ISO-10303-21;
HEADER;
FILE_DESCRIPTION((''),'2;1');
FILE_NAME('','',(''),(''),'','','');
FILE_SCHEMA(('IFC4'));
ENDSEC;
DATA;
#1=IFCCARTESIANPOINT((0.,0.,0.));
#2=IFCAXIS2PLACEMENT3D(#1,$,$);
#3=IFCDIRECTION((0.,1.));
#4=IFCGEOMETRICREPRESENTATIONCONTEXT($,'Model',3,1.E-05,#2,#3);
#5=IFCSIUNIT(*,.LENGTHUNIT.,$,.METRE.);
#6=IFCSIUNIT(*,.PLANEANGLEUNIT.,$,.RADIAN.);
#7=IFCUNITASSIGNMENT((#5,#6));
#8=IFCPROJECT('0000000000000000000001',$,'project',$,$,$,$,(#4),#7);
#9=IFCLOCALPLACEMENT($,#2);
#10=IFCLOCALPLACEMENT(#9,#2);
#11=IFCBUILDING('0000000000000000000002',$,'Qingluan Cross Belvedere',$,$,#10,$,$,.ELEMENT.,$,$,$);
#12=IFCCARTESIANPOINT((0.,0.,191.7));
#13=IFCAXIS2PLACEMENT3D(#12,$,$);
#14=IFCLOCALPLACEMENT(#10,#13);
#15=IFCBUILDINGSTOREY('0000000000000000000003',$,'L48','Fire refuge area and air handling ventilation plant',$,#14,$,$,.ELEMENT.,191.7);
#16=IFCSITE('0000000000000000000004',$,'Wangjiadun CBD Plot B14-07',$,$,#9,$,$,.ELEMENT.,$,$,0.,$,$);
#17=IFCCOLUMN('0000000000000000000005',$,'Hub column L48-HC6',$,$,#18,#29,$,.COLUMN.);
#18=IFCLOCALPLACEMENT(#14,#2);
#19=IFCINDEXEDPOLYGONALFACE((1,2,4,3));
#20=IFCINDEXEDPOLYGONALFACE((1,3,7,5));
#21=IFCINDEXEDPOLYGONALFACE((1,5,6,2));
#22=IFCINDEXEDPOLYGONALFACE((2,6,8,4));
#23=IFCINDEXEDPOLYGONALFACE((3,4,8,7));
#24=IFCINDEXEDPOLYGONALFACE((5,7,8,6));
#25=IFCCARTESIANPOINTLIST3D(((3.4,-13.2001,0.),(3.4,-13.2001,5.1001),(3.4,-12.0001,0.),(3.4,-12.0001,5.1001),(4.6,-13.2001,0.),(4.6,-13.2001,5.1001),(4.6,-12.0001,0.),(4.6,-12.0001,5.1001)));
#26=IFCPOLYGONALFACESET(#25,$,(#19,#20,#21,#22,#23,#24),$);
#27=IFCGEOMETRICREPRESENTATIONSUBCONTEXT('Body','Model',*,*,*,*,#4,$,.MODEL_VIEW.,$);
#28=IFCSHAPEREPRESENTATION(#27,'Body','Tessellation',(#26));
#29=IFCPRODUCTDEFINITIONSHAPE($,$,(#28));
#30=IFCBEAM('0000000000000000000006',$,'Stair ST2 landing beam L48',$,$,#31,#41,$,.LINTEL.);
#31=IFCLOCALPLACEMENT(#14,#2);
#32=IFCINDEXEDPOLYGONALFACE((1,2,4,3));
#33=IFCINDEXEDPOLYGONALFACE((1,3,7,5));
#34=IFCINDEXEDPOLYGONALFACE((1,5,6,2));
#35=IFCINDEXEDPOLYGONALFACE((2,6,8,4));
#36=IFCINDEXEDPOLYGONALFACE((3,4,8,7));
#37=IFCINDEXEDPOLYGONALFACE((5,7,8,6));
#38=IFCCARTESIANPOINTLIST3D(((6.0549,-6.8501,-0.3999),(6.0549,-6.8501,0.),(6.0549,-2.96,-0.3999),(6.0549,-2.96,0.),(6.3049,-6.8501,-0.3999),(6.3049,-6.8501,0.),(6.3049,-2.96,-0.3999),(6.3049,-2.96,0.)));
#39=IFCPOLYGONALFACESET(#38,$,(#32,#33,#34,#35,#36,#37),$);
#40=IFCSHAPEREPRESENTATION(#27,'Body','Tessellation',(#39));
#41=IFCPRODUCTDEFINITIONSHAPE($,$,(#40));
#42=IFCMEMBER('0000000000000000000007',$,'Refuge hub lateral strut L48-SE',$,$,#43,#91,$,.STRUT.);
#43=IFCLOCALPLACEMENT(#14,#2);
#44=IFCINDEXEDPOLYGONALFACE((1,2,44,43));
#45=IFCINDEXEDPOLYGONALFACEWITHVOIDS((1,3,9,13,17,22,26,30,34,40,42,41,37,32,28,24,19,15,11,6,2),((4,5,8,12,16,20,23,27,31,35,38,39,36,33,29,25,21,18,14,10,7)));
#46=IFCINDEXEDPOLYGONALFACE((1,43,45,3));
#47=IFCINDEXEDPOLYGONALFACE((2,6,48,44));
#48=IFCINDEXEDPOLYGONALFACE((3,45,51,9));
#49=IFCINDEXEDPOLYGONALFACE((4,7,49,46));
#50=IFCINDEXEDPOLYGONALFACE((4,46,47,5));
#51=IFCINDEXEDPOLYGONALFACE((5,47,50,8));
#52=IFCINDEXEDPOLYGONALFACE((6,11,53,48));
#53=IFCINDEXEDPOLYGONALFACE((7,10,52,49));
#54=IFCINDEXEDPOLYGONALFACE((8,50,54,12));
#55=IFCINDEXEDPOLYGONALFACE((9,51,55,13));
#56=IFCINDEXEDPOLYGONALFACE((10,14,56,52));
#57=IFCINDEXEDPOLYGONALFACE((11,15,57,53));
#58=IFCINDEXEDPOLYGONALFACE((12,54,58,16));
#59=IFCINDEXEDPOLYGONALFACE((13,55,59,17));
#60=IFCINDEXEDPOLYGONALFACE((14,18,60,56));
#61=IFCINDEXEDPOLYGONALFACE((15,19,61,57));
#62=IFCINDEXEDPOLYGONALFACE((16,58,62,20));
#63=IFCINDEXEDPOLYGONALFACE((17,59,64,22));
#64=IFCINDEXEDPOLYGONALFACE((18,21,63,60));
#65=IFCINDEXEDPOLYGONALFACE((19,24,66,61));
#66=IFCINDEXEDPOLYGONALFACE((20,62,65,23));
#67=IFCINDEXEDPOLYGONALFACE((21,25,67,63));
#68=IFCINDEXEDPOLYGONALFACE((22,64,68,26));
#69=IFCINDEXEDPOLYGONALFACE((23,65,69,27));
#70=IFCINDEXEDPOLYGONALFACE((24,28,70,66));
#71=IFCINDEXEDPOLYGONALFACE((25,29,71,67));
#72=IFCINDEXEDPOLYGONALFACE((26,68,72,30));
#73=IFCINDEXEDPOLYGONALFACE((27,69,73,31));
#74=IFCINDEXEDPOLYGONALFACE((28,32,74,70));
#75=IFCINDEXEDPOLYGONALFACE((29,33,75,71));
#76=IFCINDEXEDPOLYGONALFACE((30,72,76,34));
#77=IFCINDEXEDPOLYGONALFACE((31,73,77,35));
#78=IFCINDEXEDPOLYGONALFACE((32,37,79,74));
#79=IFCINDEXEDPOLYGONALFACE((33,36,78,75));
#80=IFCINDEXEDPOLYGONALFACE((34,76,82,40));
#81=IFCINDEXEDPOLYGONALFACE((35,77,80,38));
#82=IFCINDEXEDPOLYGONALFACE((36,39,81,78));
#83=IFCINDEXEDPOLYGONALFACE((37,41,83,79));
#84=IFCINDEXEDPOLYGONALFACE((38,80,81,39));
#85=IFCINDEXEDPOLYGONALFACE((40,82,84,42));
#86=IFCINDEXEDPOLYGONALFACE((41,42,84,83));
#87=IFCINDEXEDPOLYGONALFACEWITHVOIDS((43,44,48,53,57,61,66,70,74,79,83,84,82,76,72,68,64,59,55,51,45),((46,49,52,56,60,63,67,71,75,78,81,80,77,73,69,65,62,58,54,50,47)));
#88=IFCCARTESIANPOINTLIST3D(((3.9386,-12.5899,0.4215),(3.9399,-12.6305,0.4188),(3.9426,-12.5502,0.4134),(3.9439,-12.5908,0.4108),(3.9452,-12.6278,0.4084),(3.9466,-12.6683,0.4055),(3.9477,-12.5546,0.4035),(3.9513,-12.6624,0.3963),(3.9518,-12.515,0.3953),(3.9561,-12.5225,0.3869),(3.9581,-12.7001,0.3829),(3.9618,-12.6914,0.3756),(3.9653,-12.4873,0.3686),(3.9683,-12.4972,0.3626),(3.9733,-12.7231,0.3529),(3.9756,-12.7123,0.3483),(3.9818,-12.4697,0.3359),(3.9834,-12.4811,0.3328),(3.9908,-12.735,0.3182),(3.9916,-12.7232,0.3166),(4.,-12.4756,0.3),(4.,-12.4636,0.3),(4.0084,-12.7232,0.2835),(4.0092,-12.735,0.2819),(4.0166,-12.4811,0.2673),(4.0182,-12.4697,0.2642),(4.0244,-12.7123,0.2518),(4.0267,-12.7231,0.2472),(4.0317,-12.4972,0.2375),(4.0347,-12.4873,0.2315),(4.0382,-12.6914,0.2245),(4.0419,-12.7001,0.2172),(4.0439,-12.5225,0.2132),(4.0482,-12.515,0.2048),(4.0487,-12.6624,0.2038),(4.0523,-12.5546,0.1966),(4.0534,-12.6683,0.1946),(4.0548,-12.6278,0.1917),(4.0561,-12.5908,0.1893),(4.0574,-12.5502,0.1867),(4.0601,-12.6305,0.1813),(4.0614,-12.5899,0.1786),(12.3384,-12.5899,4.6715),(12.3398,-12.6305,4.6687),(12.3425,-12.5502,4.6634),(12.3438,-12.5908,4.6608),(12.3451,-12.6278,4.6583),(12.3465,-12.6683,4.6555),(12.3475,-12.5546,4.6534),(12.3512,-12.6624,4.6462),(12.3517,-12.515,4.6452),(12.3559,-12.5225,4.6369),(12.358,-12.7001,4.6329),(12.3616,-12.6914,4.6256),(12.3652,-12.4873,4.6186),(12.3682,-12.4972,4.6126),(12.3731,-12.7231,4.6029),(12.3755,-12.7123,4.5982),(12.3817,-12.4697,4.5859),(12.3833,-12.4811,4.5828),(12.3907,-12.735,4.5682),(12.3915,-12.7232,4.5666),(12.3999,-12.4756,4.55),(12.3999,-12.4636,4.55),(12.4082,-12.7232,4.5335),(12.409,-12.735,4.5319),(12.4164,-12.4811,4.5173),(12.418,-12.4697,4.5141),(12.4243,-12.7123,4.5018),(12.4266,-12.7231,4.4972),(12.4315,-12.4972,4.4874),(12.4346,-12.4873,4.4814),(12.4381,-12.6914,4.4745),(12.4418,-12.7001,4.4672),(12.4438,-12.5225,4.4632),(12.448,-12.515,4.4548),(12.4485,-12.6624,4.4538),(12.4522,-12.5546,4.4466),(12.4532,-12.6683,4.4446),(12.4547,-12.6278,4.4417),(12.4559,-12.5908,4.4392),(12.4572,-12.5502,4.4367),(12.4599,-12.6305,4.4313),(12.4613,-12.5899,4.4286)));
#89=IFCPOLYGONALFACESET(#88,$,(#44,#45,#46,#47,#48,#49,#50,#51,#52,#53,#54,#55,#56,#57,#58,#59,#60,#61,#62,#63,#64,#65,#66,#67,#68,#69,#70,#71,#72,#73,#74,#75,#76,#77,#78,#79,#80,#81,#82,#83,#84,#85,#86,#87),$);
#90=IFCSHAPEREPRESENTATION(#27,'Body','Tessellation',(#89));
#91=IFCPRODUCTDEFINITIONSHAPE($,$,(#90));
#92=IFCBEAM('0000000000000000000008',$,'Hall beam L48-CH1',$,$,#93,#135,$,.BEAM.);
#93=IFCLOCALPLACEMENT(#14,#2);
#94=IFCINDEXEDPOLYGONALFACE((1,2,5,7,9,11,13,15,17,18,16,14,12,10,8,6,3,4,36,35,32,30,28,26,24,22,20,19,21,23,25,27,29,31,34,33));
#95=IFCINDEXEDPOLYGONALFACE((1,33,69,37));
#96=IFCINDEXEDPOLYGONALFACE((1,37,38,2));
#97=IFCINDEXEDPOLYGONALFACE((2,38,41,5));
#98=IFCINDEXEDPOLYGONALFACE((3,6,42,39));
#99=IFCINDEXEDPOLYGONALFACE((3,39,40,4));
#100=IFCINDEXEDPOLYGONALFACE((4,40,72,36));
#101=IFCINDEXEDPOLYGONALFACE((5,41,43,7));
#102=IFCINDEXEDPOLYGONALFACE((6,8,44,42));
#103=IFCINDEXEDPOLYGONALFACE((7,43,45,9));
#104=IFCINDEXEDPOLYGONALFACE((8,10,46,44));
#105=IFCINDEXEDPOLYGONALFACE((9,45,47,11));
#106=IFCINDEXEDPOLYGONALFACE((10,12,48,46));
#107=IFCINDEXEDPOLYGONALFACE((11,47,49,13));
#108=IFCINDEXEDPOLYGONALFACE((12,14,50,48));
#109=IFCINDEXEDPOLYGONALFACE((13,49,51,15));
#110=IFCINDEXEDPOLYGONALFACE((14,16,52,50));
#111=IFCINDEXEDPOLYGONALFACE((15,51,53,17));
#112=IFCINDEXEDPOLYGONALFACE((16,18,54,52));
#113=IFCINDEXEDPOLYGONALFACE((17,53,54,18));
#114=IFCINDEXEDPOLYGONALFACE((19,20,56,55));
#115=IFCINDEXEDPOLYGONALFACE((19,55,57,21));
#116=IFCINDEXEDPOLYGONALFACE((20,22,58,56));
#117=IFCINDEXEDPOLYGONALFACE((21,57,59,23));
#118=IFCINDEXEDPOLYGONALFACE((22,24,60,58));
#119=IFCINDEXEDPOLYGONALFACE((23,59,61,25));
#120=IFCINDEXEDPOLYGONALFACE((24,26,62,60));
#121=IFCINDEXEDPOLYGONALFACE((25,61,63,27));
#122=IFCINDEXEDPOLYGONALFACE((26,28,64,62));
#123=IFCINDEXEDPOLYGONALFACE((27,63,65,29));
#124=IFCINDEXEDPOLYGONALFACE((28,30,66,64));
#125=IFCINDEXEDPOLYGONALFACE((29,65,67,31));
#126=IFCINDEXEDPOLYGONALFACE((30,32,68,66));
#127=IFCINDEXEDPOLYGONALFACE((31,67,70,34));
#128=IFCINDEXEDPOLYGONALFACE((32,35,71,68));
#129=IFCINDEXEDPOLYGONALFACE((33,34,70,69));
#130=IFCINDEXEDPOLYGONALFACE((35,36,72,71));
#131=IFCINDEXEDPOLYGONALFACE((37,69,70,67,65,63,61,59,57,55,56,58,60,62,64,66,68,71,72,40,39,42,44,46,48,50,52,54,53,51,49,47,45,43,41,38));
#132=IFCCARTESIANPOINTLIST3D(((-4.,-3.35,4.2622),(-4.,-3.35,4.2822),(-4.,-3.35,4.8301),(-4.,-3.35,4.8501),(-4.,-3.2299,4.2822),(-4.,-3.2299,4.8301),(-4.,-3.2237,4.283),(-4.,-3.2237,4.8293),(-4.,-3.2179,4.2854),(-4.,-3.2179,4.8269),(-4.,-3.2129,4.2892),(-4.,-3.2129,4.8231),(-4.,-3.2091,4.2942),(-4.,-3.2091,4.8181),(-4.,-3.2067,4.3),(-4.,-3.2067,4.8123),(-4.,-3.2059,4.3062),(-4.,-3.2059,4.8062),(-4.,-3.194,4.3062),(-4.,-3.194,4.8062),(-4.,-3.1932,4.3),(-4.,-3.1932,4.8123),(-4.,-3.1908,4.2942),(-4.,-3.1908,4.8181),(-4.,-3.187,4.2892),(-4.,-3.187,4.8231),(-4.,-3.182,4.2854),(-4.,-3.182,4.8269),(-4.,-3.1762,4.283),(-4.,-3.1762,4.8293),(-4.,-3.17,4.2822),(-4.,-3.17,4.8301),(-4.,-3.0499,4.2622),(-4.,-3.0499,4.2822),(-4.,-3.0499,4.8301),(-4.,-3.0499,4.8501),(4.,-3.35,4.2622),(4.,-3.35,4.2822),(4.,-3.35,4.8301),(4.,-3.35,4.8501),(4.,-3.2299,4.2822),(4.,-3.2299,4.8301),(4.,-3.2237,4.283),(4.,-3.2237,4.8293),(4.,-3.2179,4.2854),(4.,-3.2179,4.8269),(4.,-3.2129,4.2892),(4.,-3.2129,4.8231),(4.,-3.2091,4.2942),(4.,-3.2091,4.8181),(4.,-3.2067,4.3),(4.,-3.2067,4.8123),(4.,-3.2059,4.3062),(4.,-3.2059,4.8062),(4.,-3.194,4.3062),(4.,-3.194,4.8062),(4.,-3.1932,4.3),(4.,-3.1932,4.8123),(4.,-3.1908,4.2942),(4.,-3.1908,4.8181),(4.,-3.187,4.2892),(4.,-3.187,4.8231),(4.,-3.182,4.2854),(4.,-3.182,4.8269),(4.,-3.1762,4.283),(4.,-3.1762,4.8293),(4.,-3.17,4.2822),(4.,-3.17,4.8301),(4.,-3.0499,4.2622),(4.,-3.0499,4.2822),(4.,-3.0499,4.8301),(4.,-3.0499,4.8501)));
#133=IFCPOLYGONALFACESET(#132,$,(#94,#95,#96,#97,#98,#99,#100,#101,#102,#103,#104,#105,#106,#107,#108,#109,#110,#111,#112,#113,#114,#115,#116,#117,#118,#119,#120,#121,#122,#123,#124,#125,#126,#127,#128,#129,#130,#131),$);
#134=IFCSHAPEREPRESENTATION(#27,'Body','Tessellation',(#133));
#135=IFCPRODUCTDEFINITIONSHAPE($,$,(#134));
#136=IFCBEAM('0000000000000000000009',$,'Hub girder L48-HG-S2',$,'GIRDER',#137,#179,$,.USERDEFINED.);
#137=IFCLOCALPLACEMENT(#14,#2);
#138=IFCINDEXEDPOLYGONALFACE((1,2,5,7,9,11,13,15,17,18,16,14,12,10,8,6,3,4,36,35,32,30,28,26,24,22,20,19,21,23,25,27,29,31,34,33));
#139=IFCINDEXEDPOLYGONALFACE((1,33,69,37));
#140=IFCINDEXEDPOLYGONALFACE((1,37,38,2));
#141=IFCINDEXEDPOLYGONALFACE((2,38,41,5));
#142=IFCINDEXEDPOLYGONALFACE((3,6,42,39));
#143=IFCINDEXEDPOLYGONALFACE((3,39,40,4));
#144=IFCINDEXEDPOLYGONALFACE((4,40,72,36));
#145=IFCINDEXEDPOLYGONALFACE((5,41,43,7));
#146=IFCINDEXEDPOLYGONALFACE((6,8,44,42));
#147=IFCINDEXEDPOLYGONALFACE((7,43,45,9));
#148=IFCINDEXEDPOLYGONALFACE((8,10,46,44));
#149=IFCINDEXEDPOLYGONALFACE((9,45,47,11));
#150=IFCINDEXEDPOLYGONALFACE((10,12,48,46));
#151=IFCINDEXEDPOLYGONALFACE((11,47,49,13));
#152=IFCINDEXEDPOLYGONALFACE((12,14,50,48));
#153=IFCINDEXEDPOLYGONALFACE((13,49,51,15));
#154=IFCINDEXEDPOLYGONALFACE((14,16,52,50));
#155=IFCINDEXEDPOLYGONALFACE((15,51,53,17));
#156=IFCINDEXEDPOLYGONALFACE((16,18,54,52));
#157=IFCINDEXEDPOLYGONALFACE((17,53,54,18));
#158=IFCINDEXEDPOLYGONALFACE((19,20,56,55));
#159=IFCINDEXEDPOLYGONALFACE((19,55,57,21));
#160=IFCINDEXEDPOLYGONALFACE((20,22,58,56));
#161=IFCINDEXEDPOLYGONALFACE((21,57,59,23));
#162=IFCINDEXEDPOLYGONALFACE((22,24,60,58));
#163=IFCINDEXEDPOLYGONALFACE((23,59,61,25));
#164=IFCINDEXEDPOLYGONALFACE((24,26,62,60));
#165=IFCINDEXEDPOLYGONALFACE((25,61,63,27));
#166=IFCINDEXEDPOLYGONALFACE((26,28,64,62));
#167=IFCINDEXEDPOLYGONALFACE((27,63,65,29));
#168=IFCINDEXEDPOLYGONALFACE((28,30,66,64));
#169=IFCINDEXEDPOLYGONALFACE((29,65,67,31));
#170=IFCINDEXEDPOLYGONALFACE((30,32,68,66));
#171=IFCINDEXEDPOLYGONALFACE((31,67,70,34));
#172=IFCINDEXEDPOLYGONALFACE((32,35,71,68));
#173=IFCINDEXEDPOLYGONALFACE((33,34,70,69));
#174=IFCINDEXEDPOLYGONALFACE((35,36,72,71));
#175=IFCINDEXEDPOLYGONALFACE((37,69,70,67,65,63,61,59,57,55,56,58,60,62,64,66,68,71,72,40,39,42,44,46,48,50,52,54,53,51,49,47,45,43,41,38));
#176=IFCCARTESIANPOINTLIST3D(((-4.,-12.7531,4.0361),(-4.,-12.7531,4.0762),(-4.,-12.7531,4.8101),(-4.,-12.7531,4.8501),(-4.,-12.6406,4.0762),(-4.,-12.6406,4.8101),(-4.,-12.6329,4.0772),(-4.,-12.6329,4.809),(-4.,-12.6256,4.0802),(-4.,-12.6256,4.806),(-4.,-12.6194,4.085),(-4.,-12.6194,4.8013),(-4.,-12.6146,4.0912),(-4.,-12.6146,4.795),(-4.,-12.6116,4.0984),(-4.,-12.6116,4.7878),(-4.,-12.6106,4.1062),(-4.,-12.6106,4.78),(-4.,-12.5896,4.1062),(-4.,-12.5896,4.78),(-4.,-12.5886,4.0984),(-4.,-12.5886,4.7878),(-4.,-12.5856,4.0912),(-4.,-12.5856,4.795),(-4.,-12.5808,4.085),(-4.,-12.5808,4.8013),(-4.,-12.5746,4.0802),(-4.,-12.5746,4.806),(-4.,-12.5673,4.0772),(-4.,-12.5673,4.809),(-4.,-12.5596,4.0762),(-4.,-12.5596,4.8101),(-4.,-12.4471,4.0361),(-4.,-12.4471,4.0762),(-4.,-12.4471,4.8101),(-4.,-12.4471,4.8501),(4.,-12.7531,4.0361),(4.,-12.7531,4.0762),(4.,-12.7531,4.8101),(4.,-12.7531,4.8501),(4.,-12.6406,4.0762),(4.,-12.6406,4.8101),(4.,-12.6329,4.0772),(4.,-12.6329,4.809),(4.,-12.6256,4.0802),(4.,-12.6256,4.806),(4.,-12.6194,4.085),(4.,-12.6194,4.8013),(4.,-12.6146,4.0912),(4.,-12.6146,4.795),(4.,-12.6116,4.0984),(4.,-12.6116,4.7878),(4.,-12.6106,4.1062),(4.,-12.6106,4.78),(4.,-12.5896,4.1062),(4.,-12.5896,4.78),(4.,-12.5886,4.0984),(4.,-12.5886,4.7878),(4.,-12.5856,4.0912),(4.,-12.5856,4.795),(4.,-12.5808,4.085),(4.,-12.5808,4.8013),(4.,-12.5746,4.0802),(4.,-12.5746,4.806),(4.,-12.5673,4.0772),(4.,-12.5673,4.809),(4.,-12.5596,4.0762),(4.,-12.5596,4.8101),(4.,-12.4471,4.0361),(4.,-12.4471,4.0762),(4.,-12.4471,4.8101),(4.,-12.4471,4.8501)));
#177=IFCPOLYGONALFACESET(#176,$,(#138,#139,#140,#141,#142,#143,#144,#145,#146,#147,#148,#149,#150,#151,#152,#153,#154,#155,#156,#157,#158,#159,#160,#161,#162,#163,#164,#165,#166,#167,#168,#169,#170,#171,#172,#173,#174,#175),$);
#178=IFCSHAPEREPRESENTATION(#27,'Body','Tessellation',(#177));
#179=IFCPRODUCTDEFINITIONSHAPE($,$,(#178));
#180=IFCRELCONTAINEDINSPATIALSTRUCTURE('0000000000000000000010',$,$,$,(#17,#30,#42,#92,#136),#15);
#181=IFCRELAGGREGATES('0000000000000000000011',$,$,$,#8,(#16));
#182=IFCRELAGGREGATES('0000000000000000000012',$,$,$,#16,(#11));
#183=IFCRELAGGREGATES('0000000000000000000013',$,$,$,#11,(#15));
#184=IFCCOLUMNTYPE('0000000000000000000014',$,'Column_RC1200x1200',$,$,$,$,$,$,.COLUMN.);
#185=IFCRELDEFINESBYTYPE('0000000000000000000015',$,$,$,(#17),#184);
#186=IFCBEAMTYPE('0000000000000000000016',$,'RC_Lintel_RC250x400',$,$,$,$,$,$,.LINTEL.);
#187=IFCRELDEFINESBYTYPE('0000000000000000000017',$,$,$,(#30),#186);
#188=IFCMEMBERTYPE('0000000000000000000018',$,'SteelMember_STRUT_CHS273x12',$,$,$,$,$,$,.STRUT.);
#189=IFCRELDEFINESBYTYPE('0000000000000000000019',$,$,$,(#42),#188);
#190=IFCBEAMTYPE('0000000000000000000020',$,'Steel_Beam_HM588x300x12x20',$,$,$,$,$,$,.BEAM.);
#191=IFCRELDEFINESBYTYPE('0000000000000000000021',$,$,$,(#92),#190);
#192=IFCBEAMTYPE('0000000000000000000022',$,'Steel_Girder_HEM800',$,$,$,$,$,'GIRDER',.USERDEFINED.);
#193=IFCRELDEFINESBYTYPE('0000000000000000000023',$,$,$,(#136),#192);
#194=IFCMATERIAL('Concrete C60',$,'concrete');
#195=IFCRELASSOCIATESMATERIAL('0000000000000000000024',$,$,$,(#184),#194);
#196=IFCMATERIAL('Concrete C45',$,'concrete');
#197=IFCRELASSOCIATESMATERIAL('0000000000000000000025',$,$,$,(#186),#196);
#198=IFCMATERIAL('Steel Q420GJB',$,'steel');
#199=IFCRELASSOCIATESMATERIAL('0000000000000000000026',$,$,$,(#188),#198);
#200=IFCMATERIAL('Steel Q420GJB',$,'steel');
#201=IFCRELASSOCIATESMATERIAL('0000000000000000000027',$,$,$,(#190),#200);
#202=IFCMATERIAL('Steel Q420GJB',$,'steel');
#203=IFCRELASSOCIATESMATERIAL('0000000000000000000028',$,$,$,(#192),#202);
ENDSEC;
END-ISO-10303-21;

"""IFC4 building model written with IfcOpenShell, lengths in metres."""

from ifc_helpers import new_model, si_unit, direction, frame, origin, origin_2d, place, context, subcontext, project, spatial, rectangle, hollow_circle, i_section, extrude, material, material_profile, profile_set, type_object, element, save


model = new_model("IFC4")

# Units and contexts
model_context = context("Model", 3, precision=1e-05, world=origin(), true_north=direction((0.0, 1.0)))
body_context = subcontext(model_context, "Body", "Model", "MODEL_VIEW")
ifc_project = project(units=[si_unit("LENGTHUNIT", "METRE"), si_unit("PLANEANGLEUNIT", "RADIAN")], contexts=[model_context])

# Site, building, storey
site_placement = place(None, origin())
site = spatial("IfcSite", under=ifc_project, at=site_placement, Name="Wangjiadun CBD Plot B14-07", CompositionType="ELEMENT", RefElevation=0.0)
building_placement = place(site_placement, origin())
building = spatial("IfcBuilding", under=site, at=building_placement, Name="Qingluan Cross Belvedere", CompositionType="ELEMENT")
storey_placement = place(building_placement, frame((0.0, 0.0, 191.7)))
storey = spatial("IfcBuildingStorey", under=building, at=storey_placement, Name="L48", Description="Fire refuge area and air handling ventilation plant", CompositionType="ELEMENT", Elevation=191.7)

# Column
ifc_material_1 = material(Name="Concrete C60", Category="concrete")
ifc_material_profile_1 = material_profile(ifc_material_1, rectangle(XDim=1.2, YDim=1.2, at=origin_2d()), Name="RC1200x1200")
ifc_profile_set_1 = profile_set([ifc_material_profile_1], Name="Concrete C60")
column_type = type_object("IfcColumnType", Name="Column_RC1200x1200", PredefinedType="COLUMN", material=ifc_profile_set_1)
column_placement = place(storey_placement, frame((4.0, -12.6001, 0.0), z_axis=(0.0, 0.0, 1.0), x_axis=(1.0, 0.0, 0.0)))
element("IfcColumn", 1, at=column_placement, inside=storey, type_object=column_type, Name="Hub column L48-HC6", PredefinedType="COLUMN", context=body_context, shape_type="SweptSolid", body=[
    extrude(rectangle(XDim=1.2, YDim=1.2, at=origin_2d()), origin(), (0.0, 0.0, 1.0), 5.1001),
])

# Beam
ifc_material_2 = material(Name="Concrete C45", Category="concrete")
ifc_material_profile_2 = material_profile(ifc_material_2, rectangle(XDim=0.25, YDim=0.3999, at=origin_2d()), Name="RC250x400")
ifc_profile_set_2 = profile_set([ifc_material_profile_2], Name="Concrete C45")
beam_type_1 = type_object("IfcBeamType", Name="RC_Lintel_RC250x400", PredefinedType="LINTEL", material=ifc_profile_set_2)
beam_1_placement = place(storey_placement, frame((6.1799, -6.8501, -0.2), z_axis=(0.0, 1.0, 0.0), x_axis=(-1.0, 0.0, 0.0)))
element("IfcBeam", 2, at=beam_1_placement, inside=storey, type_object=beam_type_1, Name="Stair ST2 landing beam L48", PredefinedType="LINTEL", context=body_context, shape_type="SweptSolid", body=[
    extrude(rectangle(XDim=0.25, YDim=0.3999, at=origin_2d()), origin(), (0.0, 0.0, 1.0), 3.8901),
])

# Member
ifc_material_3 = material(Name="Steel Q420GJB", Category="steel")
ifc_material_profile_3 = material_profile(ifc_material_3, hollow_circle(Radius=0.1365, WallThickness=0.012, at=origin_2d()), Name="CHS273x12")
ifc_profile_set_3 = profile_set([ifc_material_profile_3], Name="Steel Q420GJB")
member_type = type_object("IfcMemberType", Name="SteelMember_STRUT_CHS273x12", PredefinedType="STRUT", material=ifc_profile_set_3)
member_placement = place(storey_placement, frame((4.0, -12.6001, 0.3), z_axis=(0.89229, 0.0, 0.451462), x_axis=(0.0, 1.0, 0.0)))
element("IfcMember", 3, at=member_placement, inside=storey, type_object=member_type, Name="Refuge hub lateral strut L48-SE", PredefinedType="STRUT", context=body_context, shape_type="SweptSolid", body=[
    extrude(hollow_circle(Radius=0.1365, WallThickness=0.012, at=origin_2d()), origin(), (0.0, 0.0, 1.0), 9.4138),
])

# Beams
ifc_material_4 = material(Name="Steel Q420GJB", Category="steel")
ifc_material_profile_4 = material_profile(ifc_material_4, i_section(OverallWidth=0.3, OverallDepth=0.5879, WebThickness=0.012, FlangeThickness=0.02, FilletRadius=0.0239, at=origin_2d()), Name="HM588x300x12x20")
ifc_profile_set_4 = profile_set([ifc_material_profile_4], Name="Steel Q420GJB")
beam_type_2 = type_object("IfcBeamType", Name="Steel_Beam_HM588x300x12x20", PredefinedType="BEAM", material=ifc_profile_set_4)
beam_2_placement = place(storey_placement, frame((-4.0, -3.2, 4.5562), z_axis=(1.0, 0.0, 0.0), x_axis=(0.0, 1.0, 0.0)))
element("IfcBeam", 4, at=beam_2_placement, inside=storey, type_object=beam_type_2, Name="Hall beam L48-CH1", PredefinedType="BEAM", context=body_context, shape_type="SweptSolid", body=[
    extrude(i_section(OverallWidth=0.3, OverallDepth=0.5879, WebThickness=0.012, FlangeThickness=0.02, FilletRadius=0.0239, at=origin_2d()), origin(), (0.0, 0.0, 1.0), 8.0),
])
ifc_material_5 = material(Name="Steel Q420GJB", Category="steel")
ifc_material_profile_5 = material_profile(ifc_material_5, i_section(OverallWidth=0.3059, OverallDepth=0.814, WebThickness=0.021, FlangeThickness=0.04, FilletRadius=0.03, at=origin_2d()), Name="HEM800")
ifc_profile_set_5 = profile_set([ifc_material_profile_5], Name="Steel Q420GJB")
beam_type_3 = type_object("IfcBeamType", Name="Steel_Girder_HEM800", ElementType="GIRDER", PredefinedType="USERDEFINED", material=ifc_profile_set_5)
beam_3_placement = place(storey_placement, frame((-4.0, -12.6001, 4.4431), z_axis=(1.0, 0.0, 0.0), x_axis=(0.0, 1.0, 0.0)))
element("IfcBeam", 5, at=beam_3_placement, inside=storey, type_object=beam_type_3, Name="Hub girder L48-HG-S2", ObjectType="GIRDER", PredefinedType="USERDEFINED", context=body_context, shape_type="SweptSolid", body=[
    extrude(i_section(OverallWidth=0.3059, OverallDepth=0.814, WebThickness=0.021, FlangeThickness=0.04, FilletRadius=0.03, at=origin_2d()), origin(), (0.0, 0.0, 1.0), 8.0),
])

save(model, "model.ifc")
